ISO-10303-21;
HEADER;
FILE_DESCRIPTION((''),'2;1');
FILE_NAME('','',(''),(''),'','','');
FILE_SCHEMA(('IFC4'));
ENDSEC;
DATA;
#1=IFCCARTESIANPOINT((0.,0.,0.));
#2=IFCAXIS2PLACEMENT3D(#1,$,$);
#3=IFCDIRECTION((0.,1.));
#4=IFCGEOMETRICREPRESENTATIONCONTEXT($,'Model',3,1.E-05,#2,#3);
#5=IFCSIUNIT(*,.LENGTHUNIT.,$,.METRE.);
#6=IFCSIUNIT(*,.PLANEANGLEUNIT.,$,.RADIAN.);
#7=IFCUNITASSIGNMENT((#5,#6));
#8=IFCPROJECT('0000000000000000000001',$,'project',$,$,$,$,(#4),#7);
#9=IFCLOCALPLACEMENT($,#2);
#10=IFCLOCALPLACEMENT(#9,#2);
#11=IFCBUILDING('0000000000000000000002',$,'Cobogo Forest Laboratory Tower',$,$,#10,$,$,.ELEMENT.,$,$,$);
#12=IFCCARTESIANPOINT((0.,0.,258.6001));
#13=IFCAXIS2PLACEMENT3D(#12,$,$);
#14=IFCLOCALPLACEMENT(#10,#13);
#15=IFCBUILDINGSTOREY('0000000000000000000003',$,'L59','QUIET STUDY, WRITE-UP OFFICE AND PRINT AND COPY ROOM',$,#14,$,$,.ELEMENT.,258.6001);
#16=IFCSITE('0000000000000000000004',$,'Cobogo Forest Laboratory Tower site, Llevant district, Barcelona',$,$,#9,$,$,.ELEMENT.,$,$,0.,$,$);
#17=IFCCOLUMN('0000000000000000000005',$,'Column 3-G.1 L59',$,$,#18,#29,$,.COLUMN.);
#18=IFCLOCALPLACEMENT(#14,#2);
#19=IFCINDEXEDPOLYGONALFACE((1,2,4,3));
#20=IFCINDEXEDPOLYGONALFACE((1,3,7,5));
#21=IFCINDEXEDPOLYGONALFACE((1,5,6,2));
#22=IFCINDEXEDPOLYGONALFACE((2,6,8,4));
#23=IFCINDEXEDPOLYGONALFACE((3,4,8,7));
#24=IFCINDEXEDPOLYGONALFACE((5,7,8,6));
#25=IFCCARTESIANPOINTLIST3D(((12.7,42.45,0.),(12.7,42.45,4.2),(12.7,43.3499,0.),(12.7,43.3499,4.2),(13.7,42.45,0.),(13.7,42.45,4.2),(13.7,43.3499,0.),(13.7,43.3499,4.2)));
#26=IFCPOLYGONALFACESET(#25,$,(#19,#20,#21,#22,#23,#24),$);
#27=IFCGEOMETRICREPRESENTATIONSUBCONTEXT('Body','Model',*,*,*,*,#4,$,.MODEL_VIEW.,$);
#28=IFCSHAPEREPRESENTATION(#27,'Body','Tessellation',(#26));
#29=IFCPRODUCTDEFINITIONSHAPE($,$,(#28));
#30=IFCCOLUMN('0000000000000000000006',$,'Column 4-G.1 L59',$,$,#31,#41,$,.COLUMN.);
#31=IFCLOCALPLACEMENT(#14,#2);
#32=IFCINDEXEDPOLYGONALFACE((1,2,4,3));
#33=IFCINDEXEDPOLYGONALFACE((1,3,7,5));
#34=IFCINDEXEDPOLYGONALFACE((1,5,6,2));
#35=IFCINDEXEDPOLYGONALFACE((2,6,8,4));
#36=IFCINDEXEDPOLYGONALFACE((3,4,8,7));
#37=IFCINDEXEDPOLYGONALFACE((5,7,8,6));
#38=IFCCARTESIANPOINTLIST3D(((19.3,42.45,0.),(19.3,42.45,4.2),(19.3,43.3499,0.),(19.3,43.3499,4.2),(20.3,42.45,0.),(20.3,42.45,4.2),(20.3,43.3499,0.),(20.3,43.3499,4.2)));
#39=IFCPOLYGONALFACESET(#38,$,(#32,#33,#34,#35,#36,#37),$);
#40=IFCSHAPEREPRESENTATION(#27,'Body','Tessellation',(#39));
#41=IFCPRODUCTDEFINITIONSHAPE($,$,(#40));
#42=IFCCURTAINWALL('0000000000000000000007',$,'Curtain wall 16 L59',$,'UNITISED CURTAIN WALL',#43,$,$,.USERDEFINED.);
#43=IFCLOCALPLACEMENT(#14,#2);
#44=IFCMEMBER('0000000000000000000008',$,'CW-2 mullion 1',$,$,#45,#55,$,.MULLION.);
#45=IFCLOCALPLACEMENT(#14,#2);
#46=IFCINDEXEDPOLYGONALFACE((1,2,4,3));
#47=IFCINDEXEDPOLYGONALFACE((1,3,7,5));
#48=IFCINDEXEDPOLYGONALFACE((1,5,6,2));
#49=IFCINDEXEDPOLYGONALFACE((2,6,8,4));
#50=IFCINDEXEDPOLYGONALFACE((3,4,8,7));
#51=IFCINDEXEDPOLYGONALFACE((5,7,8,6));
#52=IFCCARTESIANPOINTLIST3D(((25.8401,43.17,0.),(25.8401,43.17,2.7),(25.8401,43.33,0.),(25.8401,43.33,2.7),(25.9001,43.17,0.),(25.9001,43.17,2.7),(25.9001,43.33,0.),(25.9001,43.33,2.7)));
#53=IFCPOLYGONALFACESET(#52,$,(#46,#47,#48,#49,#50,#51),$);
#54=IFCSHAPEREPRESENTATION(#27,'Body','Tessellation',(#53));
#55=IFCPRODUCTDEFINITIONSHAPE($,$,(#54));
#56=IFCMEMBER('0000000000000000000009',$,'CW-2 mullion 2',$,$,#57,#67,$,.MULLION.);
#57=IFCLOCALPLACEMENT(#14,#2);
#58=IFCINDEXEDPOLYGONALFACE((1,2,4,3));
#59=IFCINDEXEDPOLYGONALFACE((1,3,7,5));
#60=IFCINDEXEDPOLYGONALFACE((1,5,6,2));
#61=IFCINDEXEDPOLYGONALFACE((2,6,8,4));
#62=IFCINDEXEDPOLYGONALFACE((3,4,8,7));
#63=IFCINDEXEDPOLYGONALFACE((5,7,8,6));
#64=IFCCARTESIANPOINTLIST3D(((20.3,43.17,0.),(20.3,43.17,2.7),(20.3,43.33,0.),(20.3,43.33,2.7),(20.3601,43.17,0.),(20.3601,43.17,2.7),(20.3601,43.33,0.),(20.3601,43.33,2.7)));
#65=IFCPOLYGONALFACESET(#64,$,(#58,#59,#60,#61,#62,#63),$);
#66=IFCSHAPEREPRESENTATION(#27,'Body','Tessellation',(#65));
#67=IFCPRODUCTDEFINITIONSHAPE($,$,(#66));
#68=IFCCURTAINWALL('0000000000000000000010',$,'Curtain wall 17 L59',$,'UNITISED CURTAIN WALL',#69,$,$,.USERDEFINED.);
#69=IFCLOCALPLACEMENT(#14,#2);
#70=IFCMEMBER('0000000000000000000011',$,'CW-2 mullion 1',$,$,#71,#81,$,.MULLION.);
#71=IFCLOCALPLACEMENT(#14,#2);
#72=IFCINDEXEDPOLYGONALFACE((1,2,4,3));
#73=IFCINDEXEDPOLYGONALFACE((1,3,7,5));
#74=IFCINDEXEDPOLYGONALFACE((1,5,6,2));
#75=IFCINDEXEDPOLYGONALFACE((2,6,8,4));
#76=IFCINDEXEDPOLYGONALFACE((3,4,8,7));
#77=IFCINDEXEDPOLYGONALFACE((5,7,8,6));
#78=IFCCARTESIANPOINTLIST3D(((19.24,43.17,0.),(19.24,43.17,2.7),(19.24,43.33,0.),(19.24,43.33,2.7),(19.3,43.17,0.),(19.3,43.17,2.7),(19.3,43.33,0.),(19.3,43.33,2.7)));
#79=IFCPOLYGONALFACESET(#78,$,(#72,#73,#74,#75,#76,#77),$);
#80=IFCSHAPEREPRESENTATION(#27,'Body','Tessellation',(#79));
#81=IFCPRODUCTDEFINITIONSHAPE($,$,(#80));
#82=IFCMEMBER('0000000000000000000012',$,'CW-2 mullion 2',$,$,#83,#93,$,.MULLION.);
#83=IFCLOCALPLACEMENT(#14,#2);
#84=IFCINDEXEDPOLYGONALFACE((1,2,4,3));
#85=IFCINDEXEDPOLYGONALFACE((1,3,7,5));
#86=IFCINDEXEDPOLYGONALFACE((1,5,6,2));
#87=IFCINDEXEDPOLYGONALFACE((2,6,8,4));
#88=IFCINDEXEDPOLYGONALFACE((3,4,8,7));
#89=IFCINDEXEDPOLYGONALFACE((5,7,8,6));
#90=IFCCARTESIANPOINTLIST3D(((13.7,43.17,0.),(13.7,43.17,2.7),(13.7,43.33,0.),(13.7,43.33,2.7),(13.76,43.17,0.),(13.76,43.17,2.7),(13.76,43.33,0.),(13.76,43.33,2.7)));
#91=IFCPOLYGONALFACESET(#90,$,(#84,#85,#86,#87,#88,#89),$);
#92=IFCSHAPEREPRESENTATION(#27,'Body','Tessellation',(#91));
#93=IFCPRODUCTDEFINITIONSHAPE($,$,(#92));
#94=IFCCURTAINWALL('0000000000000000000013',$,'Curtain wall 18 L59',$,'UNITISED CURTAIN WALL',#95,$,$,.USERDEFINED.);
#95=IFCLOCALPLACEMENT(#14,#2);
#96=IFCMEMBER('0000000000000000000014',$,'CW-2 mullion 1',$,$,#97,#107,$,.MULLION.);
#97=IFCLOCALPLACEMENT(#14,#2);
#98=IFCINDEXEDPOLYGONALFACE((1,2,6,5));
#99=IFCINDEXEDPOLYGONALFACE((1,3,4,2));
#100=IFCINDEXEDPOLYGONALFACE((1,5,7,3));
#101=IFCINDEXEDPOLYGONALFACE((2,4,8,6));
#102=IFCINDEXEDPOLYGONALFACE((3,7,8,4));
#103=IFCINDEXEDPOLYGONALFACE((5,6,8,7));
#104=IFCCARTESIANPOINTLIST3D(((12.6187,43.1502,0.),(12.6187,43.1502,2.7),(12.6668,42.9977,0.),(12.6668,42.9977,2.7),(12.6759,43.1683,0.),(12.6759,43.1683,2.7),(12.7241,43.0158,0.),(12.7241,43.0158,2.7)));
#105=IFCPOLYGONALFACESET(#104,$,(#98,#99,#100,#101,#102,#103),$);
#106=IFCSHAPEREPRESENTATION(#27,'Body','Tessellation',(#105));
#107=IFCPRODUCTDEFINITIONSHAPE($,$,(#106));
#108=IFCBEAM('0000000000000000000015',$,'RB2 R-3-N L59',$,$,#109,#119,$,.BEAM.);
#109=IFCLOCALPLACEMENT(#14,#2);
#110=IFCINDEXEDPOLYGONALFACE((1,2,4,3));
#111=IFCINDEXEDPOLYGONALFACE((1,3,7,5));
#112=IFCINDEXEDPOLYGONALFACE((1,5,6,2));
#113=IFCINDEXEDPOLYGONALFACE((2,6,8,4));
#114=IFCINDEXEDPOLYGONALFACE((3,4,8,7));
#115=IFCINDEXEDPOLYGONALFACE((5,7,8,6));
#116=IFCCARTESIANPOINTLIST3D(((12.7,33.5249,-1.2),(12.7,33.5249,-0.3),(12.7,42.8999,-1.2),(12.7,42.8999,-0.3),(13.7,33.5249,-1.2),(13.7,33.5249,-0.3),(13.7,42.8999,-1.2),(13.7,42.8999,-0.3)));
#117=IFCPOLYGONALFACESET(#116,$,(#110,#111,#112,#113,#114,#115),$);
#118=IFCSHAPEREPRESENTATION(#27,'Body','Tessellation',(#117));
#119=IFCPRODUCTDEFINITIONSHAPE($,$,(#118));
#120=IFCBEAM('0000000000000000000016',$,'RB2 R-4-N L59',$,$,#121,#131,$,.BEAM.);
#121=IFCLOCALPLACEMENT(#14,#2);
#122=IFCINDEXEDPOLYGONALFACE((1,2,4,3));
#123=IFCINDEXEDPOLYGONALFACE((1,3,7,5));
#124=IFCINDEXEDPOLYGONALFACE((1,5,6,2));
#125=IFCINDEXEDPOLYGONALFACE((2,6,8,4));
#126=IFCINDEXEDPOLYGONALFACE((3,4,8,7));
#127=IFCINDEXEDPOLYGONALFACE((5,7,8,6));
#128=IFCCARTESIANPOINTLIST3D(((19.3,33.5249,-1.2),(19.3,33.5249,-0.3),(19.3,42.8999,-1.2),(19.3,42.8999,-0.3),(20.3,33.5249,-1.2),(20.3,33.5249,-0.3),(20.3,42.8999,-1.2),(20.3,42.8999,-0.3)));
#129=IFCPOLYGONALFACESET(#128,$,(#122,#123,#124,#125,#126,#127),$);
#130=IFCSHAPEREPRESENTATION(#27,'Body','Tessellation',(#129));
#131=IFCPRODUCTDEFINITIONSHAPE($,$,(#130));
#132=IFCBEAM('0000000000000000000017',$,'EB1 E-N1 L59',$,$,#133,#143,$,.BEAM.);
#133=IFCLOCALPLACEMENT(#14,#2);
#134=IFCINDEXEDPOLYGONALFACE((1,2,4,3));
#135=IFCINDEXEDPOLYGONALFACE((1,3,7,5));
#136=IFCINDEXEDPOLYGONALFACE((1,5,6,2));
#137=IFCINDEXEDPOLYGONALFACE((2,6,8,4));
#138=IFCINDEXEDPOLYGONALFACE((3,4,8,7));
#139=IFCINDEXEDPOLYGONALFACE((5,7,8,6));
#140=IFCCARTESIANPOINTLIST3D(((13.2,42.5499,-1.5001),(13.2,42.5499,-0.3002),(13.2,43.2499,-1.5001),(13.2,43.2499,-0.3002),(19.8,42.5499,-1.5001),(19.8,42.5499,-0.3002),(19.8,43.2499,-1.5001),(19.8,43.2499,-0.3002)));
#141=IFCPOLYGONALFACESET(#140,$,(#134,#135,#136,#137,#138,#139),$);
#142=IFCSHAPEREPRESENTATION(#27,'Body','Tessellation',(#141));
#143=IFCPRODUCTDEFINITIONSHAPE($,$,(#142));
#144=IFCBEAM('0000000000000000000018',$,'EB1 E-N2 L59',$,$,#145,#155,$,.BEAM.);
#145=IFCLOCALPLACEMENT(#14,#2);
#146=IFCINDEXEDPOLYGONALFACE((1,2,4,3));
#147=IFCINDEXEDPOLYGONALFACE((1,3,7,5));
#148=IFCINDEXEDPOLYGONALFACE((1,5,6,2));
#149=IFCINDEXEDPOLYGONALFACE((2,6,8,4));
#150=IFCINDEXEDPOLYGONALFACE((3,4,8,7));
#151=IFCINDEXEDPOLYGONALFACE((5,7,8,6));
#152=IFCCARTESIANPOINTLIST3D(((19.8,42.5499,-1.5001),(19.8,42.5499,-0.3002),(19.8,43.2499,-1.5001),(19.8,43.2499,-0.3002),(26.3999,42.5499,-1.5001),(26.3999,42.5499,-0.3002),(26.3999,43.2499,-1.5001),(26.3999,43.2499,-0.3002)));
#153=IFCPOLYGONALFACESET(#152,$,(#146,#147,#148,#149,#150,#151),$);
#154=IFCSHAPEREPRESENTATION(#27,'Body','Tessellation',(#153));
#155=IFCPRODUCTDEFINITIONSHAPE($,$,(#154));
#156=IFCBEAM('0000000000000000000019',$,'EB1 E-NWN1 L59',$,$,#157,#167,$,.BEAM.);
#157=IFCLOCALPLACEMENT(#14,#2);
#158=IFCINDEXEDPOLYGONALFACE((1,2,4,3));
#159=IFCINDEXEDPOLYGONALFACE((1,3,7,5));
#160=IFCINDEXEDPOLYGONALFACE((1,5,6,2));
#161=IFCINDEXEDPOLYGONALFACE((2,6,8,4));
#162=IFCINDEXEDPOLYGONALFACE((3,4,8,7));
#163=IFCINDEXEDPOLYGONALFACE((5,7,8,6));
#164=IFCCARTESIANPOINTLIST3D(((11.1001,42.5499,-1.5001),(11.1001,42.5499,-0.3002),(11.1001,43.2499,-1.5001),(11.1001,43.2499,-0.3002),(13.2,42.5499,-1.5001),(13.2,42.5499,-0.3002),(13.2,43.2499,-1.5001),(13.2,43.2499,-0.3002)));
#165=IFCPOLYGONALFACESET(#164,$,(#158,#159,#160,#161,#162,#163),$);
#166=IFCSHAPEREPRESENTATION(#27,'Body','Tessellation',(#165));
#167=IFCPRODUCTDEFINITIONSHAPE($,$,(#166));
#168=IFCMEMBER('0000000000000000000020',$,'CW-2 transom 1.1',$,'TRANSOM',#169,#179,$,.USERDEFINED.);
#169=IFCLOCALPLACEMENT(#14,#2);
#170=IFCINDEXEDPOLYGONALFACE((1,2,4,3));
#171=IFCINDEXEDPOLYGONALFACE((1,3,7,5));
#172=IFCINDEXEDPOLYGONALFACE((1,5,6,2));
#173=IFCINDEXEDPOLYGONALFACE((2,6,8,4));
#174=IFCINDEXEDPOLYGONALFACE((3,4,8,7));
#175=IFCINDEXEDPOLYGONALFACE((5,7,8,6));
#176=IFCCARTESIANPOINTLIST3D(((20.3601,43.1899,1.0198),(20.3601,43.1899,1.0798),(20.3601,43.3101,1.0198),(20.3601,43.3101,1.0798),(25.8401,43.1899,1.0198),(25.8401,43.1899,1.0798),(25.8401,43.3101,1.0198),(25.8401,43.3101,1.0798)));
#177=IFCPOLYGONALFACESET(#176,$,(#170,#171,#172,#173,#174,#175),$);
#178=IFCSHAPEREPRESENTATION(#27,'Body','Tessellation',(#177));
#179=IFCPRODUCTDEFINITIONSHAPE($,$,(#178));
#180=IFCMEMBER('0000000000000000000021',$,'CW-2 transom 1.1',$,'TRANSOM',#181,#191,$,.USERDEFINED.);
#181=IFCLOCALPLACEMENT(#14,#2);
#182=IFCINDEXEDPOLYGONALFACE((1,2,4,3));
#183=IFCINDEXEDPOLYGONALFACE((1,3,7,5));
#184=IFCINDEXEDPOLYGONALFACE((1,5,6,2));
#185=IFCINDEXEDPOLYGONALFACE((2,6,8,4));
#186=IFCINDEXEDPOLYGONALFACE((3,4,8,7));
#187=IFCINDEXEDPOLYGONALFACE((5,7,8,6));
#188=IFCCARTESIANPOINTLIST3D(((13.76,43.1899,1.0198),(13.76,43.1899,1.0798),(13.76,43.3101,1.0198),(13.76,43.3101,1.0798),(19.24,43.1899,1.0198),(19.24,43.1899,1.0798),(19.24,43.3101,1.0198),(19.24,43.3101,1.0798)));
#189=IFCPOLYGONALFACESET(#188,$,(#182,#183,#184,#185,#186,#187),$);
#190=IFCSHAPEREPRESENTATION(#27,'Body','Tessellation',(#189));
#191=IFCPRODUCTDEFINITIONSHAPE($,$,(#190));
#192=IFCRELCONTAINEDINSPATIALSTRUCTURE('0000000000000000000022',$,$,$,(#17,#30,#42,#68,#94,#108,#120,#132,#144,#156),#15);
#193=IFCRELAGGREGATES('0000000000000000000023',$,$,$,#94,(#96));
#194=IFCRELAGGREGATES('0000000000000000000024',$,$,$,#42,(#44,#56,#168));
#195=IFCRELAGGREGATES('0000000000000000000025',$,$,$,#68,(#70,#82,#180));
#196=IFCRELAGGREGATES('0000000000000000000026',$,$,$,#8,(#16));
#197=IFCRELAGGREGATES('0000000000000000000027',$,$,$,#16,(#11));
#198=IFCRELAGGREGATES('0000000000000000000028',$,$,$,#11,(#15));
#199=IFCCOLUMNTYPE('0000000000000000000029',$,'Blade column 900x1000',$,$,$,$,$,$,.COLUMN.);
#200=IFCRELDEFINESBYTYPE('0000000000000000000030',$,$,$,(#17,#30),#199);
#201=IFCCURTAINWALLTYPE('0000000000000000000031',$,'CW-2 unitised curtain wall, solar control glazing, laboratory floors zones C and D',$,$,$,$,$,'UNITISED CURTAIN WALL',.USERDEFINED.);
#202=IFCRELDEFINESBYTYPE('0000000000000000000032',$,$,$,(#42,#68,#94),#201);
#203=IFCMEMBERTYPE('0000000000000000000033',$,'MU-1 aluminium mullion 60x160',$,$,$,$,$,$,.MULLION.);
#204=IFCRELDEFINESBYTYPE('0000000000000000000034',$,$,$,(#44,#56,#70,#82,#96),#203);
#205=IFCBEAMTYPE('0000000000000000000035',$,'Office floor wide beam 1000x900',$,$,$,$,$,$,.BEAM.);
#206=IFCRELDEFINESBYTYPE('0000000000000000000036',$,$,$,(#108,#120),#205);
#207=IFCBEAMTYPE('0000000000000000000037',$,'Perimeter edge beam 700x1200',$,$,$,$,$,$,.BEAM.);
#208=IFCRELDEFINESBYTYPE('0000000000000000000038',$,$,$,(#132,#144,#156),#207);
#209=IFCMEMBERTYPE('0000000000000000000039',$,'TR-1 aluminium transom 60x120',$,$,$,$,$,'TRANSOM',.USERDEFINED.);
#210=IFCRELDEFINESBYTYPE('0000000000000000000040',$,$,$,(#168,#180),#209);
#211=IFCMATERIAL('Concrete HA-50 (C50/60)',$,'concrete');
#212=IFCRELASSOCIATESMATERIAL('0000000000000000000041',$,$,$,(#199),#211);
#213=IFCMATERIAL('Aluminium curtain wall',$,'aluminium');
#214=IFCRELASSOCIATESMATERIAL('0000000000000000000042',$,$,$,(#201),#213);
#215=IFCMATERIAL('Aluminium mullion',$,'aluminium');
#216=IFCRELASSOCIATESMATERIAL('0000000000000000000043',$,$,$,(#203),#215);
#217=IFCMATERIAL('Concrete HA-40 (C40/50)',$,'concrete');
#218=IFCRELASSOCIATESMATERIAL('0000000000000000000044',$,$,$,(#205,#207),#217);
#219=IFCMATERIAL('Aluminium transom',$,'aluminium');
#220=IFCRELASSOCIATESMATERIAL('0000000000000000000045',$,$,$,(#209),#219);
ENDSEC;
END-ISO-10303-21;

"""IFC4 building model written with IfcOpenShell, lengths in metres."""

from ifc_helpers import new_model, si_unit, direction, frame, origin, origin_2d, place, context, subcontext, project, spatial, rectangle, extrude, material, material_profile, profile_set, type_object, element, aggregate, save


model = new_model("IFC4")

# Units and contexts
model_context = context("Model", 3, precision=1e-05, world=origin(), true_north=direction((0.0, 1.0)))
body_context = subcontext(model_context, "Body", "Model", "MODEL_VIEW")
ifc_project = project(units=[si_unit("LENGTHUNIT", "METRE"), si_unit("PLANEANGLEUNIT", "RADIAN")], contexts=[model_context])

# Site, building, storey
site_placement = place(None, origin())
site = spatial("IfcSite", under=ifc_project, at=site_placement, Name="Cobogo Forest Laboratory Tower site, Llevant district, Barcelona", CompositionType="ELEMENT", RefElevation=0.0)
building_placement = place(site_placement, origin())
building = spatial("IfcBuilding", under=site, at=building_placement, Name="Cobogo Forest Laboratory Tower", CompositionType="ELEMENT")
storey_placement = place(building_placement, frame((0.0, 0.0, 258.6001)))
storey = spatial("IfcBuildingStorey", under=building, at=storey_placement, Name="L59", Description="QUIET STUDY, WRITE-UP OFFICE AND PRINT AND COPY ROOM", CompositionType="ELEMENT", Elevation=258.6001)

# Columns
ifc_material_1 = material(Name="Concrete HA-50 (C50/60)", Category="concrete")
ifc_material_profile_1 = material_profile(ifc_material_1, rectangle(XDim=1.0, YDim=0.8999, at=origin_2d()), Name="RC 900x1000")
ifc_profile_set_1 = profile_set([ifc_material_profile_1], Name="Concrete HA-50 (C50/60)")
column_type = type_object("IfcColumnType", Name="Blade column 900x1000", PredefinedType="COLUMN", material=ifc_profile_set_1)
for number, where, z_axis, x_axis, name in (
    (1, (13.2, 42.8999, 0.0), (0.0, 0.0, 1.0), (1.0, 0.0, 0.0), "Column 3-G.1 L59"),
    (2, (19.8, 42.8999, 0.0), (0.0, 0.0, 1.0), (1.0, 0.0, 0.0), "Column 4-G.1 L59"),
):
    element("IfcColumn", number, at=place(storey_placement, frame(where, z_axis=z_axis, x_axis=x_axis)), inside=storey, type_object=column_type, Name=name, PredefinedType="COLUMN", context=body_context, shape_type="SweptSolid", body=[
        extrude(rectangle(XDim=1.0, YDim=0.8999, at=origin_2d()), origin(), (0.0, 0.0, 1.0), 4.2),
    ])

# Curtain walls, members
ifc_material_2 = material(Name="Aluminium curtain wall", Category="aluminium")
curtain_wall_type = type_object("IfcCurtainWallType", Name="CW-2 unitised curtain wall, solar control glazing, laboratory floors zones C and D", ElementType="UNITISED CURTAIN WALL", PredefinedType="USERDEFINED", material=ifc_material_2)
curtain_wall_1_placement = place(storey_placement, origin())
curtain_wall_1 = element("IfcCurtainWall", 3, at=curtain_wall_1_placement, inside=storey, type_object=curtain_wall_type, Name="Curtain wall 16 L59", ObjectType="UNITISED CURTAIN WALL", PredefinedType="USERDEFINED")
ifc_material_3 = material(Name="Aluminium mullion", Category="aluminium")
ifc_material_profile_2 = material_profile(ifc_material_3, rectangle(XDim=0.0601, YDim=0.1599, at=origin_2d()), Name="AL 60x160")
ifc_profile_set_2 = profile_set([ifc_material_profile_2], Name="Aluminium mullion")
member_type_1 = type_object("IfcMemberType", Name="MU-1 aluminium mullion 60x160", PredefinedType="MULLION", material=ifc_profile_set_2)
member_1_placement = place(storey_placement, frame((25.8701, 43.25, 0.0), z_axis=(0.0, 0.0, 1.0), x_axis=(-1.0, 0.0, 0.0)))
member_1 = element("IfcMember", 4, at=member_1_placement, type_object=member_type_1, Name="CW-2 mullion 1", PredefinedType="MULLION", context=body_context, shape_type="SweptSolid", body=[
    extrude(rectangle(XDim=0.0601, YDim=0.1599, at=origin_2d()), origin(), (0.0, 0.0, 1.0), 2.7),
])
member_2_placement = place(storey_placement, frame((20.3301, 43.25, 0.0), z_axis=(0.0, 0.0, 1.0), x_axis=(-1.0, 0.0, 0.0)))
member_2 = element("IfcMember", 5, at=member_2_placement, type_object=member_type_1, Name="CW-2 mullion 2", PredefinedType="MULLION", context=body_context, shape_type="SweptSolid", body=[
    extrude(rectangle(XDim=0.0601, YDim=0.1599, at=origin_2d()), origin(), (0.0, 0.0, 1.0), 2.7),
])
curtain_wall_2_placement = place(storey_placement, origin())
curtain_wall_2 = element("IfcCurtainWall", 6, at=curtain_wall_2_placement, inside=storey, type_object=curtain_wall_type, Name="Curtain wall 17 L59", ObjectType="UNITISED CURTAIN WALL", PredefinedType="USERDEFINED")
member_3_placement = place(storey_placement, frame((19.27, 43.25, 0.0), z_axis=(0.0, 0.0, 1.0), x_axis=(-1.0, 0.0, 0.0)))
member_3 = element("IfcMember", 7, at=member_3_placement, type_object=member_type_1, Name="CW-2 mullion 1", PredefinedType="MULLION", context=body_context, shape_type="SweptSolid", body=[
    extrude(rectangle(XDim=0.0601, YDim=0.1599, at=origin_2d()), origin(), (0.0, 0.0, 1.0), 2.7),
])
member_4_placement = place(storey_placement, frame((13.73, 43.25, 0.0), z_axis=(0.0, 0.0, 1.0), x_axis=(-1.0, 0.0, 0.0)))
member_4 = element("IfcMember", 8, at=member_4_placement, type_object=member_type_1, Name="CW-2 mullion 2", PredefinedType="MULLION", context=body_context, shape_type="SweptSolid", body=[
    extrude(rectangle(XDim=0.0601, YDim=0.1599, at=origin_2d()), origin(), (0.0, 0.0, 1.0), 2.7),
])

# Curtain wall, member
curtain_wall_3_placement = place(storey_placement, origin())
curtain_wall_3 = element("IfcCurtainWall", 9, at=curtain_wall_3_placement, inside=storey, type_object=curtain_wall_type, Name="Curtain wall 18 L59", ObjectType="UNITISED CURTAIN WALL", PredefinedType="USERDEFINED")
member_5_placement = place(storey_placement, frame((12.6714, 43.083, 0.0), z_axis=(0.0, 0.0, 1.0), x_axis=(-0.953581, -0.301135, 0.0)))
member_5 = element("IfcMember", 10, at=member_5_placement, type_object=member_type_1, Name="CW-2 mullion 1", PredefinedType="MULLION", context=body_context, shape_type="SweptSolid", body=[
    extrude(rectangle(XDim=0.0601, YDim=0.1599, at=origin_2d()), origin(), (0.0, 0.0, 1.0), 2.7),
])
aggregate(curtain_wall_3, [member_5])

# Beams
ifc_material_4 = material(Name="Concrete HA-40 (C40/50)", Category="concrete")
ifc_material_profile_3 = material_profile(ifc_material_4, rectangle(XDim=1.0, YDim=0.8999, at=origin_2d()), Name="RC 1000x900")
ifc_profile_set_3 = profile_set([ifc_material_profile_3], Name="Concrete HA-40 (C40/50)")
beam_type_1 = type_object("IfcBeamType", Name="Office floor wide beam 1000x900", PredefinedType="BEAM", material=ifc_profile_set_3)
for number, where, z_axis, x_axis, name in (
    (11, (13.2, 33.5249, -0.75), (0.0, 1.0, 0.0), (-1.0, 0.0, 0.0), "RB2 R-3-N L59"),
    (12, (19.8, 33.5249, -0.75), (0.0, 1.0, 0.0), (-1.0, 0.0, 0.0), "RB2 R-4-N L59"),
):
    element("IfcBeam", number, at=place(storey_placement, frame(where, z_axis=z_axis, x_axis=x_axis)), inside=storey, type_object=beam_type_1, Name=name, PredefinedType="BEAM", context=body_context, shape_type="SweptSolid", body=[
        extrude(rectangle(XDim=1.0, YDim=0.8999, at=origin_2d()), origin(), (0.0, 0.0, 1.0), 9.375),
    ])
ifc_material_profile_4 = material_profile(ifc_material_4, rectangle(XDim=0.7, YDim=1.2, at=origin_2d()), Name="RC 700x1200")
ifc_profile_set_4 = profile_set([ifc_material_profile_4], Name="Concrete HA-40 (C40/50)")
beam_type_2 = type_object("IfcBeamType", Name="Perimeter edge beam 700x1200", PredefinedType="BEAM", material=ifc_profile_set_4)
beam_1_placement = place(storey_placement, frame((13.2, 42.8999, -0.9001), z_axis=(1.0, 0.0, 0.0), x_axis=(0.0, 1.0, 0.0)))
element("IfcBeam", 13, at=beam_1_placement, inside=storey, type_object=beam_type_2, Name="EB1 E-N1 L59", PredefinedType="BEAM", context=body_context, shape_type="SweptSolid", body=[
    extrude(rectangle(XDim=0.7, YDim=1.2, at=origin_2d()), origin(), (0.0, 0.0, 1.0), 6.6001),
])
beam_2_placement = place(storey_placement, frame((19.8, 42.8999, -0.9001), z_axis=(1.0, 0.0, 0.0), x_axis=(0.0, 1.0, 0.0)))
element("IfcBeam", 14, at=beam_2_placement, inside=storey, type_object=beam_type_2, Name="EB1 E-N2 L59", PredefinedType="BEAM", context=body_context, shape_type="SweptSolid", body=[
    extrude(rectangle(XDim=0.7, YDim=1.2, at=origin_2d()), origin(), (0.0, 0.0, 1.0), 6.5999),
])
beam_3_placement = place(storey_placement, frame((13.2, 42.8999, -0.9001), z_axis=(-1.0, 0.0, 0.0), x_axis=(0.0, -1.0, 0.0)))
element("IfcBeam", 15, at=beam_3_placement, inside=storey, type_object=beam_type_2, Name="EB1 E-NWN1 L59", PredefinedType="BEAM", context=body_context, shape_type="SweptSolid", body=[
    extrude(rectangle(XDim=0.7, YDim=1.2, at=origin_2d()), origin(), (0.0, 0.0, 1.0), 2.0999),
])

# Members
ifc_material_5 = material(Name="Aluminium transom", Category="aluminium")
ifc_material_profile_5 = material_profile(ifc_material_5, rectangle(XDim=0.1201, YDim=0.0601, at=origin_2d()), Name="AL 60x120")
ifc_profile_set_5 = profile_set([ifc_material_profile_5], Name="Aluminium transom")
member_type_2 = type_object("IfcMemberType", Name="TR-1 aluminium transom 60x120", ElementType="TRANSOM", PredefinedType="USERDEFINED", material=ifc_profile_set_5)
member_6_placement = place(storey_placement, frame((25.8401, 43.25, 1.0498), z_axis=(-1.0, 0.0, 0.0), x_axis=(0.0, -1.0, 0.0)))
member_6 = element("IfcMember", 16, at=member_6_placement, type_object=member_type_2, Name="CW-2 transom 1.1", ObjectType="TRANSOM", PredefinedType="USERDEFINED", context=body_context, shape_type="SweptSolid", body=[
    extrude(rectangle(XDim=0.1201, YDim=0.0601, at=origin_2d()), origin(), (0.0, 0.0, 1.0), 5.48),
])
member_7_placement = place(storey_placement, frame((19.24, 43.25, 1.0498), z_axis=(-1.0, 0.0, 0.0), x_axis=(0.0, -1.0, 0.0)))
member_7 = element("IfcMember", 17, at=member_7_placement, type_object=member_type_2, Name="CW-2 transom 1.1", ObjectType="TRANSOM", PredefinedType="USERDEFINED", context=body_context, shape_type="SweptSolid", body=[
    extrude(rectangle(XDim=0.1201, YDim=0.0601, at=origin_2d()), origin(), (0.0, 0.0, 1.0), 5.48),
])

aggregate(curtain_wall_1, [member_1, member_2, member_6])
aggregate(curtain_wall_2, [member_3, member_4, member_7])

save(model, "model.ifc")
